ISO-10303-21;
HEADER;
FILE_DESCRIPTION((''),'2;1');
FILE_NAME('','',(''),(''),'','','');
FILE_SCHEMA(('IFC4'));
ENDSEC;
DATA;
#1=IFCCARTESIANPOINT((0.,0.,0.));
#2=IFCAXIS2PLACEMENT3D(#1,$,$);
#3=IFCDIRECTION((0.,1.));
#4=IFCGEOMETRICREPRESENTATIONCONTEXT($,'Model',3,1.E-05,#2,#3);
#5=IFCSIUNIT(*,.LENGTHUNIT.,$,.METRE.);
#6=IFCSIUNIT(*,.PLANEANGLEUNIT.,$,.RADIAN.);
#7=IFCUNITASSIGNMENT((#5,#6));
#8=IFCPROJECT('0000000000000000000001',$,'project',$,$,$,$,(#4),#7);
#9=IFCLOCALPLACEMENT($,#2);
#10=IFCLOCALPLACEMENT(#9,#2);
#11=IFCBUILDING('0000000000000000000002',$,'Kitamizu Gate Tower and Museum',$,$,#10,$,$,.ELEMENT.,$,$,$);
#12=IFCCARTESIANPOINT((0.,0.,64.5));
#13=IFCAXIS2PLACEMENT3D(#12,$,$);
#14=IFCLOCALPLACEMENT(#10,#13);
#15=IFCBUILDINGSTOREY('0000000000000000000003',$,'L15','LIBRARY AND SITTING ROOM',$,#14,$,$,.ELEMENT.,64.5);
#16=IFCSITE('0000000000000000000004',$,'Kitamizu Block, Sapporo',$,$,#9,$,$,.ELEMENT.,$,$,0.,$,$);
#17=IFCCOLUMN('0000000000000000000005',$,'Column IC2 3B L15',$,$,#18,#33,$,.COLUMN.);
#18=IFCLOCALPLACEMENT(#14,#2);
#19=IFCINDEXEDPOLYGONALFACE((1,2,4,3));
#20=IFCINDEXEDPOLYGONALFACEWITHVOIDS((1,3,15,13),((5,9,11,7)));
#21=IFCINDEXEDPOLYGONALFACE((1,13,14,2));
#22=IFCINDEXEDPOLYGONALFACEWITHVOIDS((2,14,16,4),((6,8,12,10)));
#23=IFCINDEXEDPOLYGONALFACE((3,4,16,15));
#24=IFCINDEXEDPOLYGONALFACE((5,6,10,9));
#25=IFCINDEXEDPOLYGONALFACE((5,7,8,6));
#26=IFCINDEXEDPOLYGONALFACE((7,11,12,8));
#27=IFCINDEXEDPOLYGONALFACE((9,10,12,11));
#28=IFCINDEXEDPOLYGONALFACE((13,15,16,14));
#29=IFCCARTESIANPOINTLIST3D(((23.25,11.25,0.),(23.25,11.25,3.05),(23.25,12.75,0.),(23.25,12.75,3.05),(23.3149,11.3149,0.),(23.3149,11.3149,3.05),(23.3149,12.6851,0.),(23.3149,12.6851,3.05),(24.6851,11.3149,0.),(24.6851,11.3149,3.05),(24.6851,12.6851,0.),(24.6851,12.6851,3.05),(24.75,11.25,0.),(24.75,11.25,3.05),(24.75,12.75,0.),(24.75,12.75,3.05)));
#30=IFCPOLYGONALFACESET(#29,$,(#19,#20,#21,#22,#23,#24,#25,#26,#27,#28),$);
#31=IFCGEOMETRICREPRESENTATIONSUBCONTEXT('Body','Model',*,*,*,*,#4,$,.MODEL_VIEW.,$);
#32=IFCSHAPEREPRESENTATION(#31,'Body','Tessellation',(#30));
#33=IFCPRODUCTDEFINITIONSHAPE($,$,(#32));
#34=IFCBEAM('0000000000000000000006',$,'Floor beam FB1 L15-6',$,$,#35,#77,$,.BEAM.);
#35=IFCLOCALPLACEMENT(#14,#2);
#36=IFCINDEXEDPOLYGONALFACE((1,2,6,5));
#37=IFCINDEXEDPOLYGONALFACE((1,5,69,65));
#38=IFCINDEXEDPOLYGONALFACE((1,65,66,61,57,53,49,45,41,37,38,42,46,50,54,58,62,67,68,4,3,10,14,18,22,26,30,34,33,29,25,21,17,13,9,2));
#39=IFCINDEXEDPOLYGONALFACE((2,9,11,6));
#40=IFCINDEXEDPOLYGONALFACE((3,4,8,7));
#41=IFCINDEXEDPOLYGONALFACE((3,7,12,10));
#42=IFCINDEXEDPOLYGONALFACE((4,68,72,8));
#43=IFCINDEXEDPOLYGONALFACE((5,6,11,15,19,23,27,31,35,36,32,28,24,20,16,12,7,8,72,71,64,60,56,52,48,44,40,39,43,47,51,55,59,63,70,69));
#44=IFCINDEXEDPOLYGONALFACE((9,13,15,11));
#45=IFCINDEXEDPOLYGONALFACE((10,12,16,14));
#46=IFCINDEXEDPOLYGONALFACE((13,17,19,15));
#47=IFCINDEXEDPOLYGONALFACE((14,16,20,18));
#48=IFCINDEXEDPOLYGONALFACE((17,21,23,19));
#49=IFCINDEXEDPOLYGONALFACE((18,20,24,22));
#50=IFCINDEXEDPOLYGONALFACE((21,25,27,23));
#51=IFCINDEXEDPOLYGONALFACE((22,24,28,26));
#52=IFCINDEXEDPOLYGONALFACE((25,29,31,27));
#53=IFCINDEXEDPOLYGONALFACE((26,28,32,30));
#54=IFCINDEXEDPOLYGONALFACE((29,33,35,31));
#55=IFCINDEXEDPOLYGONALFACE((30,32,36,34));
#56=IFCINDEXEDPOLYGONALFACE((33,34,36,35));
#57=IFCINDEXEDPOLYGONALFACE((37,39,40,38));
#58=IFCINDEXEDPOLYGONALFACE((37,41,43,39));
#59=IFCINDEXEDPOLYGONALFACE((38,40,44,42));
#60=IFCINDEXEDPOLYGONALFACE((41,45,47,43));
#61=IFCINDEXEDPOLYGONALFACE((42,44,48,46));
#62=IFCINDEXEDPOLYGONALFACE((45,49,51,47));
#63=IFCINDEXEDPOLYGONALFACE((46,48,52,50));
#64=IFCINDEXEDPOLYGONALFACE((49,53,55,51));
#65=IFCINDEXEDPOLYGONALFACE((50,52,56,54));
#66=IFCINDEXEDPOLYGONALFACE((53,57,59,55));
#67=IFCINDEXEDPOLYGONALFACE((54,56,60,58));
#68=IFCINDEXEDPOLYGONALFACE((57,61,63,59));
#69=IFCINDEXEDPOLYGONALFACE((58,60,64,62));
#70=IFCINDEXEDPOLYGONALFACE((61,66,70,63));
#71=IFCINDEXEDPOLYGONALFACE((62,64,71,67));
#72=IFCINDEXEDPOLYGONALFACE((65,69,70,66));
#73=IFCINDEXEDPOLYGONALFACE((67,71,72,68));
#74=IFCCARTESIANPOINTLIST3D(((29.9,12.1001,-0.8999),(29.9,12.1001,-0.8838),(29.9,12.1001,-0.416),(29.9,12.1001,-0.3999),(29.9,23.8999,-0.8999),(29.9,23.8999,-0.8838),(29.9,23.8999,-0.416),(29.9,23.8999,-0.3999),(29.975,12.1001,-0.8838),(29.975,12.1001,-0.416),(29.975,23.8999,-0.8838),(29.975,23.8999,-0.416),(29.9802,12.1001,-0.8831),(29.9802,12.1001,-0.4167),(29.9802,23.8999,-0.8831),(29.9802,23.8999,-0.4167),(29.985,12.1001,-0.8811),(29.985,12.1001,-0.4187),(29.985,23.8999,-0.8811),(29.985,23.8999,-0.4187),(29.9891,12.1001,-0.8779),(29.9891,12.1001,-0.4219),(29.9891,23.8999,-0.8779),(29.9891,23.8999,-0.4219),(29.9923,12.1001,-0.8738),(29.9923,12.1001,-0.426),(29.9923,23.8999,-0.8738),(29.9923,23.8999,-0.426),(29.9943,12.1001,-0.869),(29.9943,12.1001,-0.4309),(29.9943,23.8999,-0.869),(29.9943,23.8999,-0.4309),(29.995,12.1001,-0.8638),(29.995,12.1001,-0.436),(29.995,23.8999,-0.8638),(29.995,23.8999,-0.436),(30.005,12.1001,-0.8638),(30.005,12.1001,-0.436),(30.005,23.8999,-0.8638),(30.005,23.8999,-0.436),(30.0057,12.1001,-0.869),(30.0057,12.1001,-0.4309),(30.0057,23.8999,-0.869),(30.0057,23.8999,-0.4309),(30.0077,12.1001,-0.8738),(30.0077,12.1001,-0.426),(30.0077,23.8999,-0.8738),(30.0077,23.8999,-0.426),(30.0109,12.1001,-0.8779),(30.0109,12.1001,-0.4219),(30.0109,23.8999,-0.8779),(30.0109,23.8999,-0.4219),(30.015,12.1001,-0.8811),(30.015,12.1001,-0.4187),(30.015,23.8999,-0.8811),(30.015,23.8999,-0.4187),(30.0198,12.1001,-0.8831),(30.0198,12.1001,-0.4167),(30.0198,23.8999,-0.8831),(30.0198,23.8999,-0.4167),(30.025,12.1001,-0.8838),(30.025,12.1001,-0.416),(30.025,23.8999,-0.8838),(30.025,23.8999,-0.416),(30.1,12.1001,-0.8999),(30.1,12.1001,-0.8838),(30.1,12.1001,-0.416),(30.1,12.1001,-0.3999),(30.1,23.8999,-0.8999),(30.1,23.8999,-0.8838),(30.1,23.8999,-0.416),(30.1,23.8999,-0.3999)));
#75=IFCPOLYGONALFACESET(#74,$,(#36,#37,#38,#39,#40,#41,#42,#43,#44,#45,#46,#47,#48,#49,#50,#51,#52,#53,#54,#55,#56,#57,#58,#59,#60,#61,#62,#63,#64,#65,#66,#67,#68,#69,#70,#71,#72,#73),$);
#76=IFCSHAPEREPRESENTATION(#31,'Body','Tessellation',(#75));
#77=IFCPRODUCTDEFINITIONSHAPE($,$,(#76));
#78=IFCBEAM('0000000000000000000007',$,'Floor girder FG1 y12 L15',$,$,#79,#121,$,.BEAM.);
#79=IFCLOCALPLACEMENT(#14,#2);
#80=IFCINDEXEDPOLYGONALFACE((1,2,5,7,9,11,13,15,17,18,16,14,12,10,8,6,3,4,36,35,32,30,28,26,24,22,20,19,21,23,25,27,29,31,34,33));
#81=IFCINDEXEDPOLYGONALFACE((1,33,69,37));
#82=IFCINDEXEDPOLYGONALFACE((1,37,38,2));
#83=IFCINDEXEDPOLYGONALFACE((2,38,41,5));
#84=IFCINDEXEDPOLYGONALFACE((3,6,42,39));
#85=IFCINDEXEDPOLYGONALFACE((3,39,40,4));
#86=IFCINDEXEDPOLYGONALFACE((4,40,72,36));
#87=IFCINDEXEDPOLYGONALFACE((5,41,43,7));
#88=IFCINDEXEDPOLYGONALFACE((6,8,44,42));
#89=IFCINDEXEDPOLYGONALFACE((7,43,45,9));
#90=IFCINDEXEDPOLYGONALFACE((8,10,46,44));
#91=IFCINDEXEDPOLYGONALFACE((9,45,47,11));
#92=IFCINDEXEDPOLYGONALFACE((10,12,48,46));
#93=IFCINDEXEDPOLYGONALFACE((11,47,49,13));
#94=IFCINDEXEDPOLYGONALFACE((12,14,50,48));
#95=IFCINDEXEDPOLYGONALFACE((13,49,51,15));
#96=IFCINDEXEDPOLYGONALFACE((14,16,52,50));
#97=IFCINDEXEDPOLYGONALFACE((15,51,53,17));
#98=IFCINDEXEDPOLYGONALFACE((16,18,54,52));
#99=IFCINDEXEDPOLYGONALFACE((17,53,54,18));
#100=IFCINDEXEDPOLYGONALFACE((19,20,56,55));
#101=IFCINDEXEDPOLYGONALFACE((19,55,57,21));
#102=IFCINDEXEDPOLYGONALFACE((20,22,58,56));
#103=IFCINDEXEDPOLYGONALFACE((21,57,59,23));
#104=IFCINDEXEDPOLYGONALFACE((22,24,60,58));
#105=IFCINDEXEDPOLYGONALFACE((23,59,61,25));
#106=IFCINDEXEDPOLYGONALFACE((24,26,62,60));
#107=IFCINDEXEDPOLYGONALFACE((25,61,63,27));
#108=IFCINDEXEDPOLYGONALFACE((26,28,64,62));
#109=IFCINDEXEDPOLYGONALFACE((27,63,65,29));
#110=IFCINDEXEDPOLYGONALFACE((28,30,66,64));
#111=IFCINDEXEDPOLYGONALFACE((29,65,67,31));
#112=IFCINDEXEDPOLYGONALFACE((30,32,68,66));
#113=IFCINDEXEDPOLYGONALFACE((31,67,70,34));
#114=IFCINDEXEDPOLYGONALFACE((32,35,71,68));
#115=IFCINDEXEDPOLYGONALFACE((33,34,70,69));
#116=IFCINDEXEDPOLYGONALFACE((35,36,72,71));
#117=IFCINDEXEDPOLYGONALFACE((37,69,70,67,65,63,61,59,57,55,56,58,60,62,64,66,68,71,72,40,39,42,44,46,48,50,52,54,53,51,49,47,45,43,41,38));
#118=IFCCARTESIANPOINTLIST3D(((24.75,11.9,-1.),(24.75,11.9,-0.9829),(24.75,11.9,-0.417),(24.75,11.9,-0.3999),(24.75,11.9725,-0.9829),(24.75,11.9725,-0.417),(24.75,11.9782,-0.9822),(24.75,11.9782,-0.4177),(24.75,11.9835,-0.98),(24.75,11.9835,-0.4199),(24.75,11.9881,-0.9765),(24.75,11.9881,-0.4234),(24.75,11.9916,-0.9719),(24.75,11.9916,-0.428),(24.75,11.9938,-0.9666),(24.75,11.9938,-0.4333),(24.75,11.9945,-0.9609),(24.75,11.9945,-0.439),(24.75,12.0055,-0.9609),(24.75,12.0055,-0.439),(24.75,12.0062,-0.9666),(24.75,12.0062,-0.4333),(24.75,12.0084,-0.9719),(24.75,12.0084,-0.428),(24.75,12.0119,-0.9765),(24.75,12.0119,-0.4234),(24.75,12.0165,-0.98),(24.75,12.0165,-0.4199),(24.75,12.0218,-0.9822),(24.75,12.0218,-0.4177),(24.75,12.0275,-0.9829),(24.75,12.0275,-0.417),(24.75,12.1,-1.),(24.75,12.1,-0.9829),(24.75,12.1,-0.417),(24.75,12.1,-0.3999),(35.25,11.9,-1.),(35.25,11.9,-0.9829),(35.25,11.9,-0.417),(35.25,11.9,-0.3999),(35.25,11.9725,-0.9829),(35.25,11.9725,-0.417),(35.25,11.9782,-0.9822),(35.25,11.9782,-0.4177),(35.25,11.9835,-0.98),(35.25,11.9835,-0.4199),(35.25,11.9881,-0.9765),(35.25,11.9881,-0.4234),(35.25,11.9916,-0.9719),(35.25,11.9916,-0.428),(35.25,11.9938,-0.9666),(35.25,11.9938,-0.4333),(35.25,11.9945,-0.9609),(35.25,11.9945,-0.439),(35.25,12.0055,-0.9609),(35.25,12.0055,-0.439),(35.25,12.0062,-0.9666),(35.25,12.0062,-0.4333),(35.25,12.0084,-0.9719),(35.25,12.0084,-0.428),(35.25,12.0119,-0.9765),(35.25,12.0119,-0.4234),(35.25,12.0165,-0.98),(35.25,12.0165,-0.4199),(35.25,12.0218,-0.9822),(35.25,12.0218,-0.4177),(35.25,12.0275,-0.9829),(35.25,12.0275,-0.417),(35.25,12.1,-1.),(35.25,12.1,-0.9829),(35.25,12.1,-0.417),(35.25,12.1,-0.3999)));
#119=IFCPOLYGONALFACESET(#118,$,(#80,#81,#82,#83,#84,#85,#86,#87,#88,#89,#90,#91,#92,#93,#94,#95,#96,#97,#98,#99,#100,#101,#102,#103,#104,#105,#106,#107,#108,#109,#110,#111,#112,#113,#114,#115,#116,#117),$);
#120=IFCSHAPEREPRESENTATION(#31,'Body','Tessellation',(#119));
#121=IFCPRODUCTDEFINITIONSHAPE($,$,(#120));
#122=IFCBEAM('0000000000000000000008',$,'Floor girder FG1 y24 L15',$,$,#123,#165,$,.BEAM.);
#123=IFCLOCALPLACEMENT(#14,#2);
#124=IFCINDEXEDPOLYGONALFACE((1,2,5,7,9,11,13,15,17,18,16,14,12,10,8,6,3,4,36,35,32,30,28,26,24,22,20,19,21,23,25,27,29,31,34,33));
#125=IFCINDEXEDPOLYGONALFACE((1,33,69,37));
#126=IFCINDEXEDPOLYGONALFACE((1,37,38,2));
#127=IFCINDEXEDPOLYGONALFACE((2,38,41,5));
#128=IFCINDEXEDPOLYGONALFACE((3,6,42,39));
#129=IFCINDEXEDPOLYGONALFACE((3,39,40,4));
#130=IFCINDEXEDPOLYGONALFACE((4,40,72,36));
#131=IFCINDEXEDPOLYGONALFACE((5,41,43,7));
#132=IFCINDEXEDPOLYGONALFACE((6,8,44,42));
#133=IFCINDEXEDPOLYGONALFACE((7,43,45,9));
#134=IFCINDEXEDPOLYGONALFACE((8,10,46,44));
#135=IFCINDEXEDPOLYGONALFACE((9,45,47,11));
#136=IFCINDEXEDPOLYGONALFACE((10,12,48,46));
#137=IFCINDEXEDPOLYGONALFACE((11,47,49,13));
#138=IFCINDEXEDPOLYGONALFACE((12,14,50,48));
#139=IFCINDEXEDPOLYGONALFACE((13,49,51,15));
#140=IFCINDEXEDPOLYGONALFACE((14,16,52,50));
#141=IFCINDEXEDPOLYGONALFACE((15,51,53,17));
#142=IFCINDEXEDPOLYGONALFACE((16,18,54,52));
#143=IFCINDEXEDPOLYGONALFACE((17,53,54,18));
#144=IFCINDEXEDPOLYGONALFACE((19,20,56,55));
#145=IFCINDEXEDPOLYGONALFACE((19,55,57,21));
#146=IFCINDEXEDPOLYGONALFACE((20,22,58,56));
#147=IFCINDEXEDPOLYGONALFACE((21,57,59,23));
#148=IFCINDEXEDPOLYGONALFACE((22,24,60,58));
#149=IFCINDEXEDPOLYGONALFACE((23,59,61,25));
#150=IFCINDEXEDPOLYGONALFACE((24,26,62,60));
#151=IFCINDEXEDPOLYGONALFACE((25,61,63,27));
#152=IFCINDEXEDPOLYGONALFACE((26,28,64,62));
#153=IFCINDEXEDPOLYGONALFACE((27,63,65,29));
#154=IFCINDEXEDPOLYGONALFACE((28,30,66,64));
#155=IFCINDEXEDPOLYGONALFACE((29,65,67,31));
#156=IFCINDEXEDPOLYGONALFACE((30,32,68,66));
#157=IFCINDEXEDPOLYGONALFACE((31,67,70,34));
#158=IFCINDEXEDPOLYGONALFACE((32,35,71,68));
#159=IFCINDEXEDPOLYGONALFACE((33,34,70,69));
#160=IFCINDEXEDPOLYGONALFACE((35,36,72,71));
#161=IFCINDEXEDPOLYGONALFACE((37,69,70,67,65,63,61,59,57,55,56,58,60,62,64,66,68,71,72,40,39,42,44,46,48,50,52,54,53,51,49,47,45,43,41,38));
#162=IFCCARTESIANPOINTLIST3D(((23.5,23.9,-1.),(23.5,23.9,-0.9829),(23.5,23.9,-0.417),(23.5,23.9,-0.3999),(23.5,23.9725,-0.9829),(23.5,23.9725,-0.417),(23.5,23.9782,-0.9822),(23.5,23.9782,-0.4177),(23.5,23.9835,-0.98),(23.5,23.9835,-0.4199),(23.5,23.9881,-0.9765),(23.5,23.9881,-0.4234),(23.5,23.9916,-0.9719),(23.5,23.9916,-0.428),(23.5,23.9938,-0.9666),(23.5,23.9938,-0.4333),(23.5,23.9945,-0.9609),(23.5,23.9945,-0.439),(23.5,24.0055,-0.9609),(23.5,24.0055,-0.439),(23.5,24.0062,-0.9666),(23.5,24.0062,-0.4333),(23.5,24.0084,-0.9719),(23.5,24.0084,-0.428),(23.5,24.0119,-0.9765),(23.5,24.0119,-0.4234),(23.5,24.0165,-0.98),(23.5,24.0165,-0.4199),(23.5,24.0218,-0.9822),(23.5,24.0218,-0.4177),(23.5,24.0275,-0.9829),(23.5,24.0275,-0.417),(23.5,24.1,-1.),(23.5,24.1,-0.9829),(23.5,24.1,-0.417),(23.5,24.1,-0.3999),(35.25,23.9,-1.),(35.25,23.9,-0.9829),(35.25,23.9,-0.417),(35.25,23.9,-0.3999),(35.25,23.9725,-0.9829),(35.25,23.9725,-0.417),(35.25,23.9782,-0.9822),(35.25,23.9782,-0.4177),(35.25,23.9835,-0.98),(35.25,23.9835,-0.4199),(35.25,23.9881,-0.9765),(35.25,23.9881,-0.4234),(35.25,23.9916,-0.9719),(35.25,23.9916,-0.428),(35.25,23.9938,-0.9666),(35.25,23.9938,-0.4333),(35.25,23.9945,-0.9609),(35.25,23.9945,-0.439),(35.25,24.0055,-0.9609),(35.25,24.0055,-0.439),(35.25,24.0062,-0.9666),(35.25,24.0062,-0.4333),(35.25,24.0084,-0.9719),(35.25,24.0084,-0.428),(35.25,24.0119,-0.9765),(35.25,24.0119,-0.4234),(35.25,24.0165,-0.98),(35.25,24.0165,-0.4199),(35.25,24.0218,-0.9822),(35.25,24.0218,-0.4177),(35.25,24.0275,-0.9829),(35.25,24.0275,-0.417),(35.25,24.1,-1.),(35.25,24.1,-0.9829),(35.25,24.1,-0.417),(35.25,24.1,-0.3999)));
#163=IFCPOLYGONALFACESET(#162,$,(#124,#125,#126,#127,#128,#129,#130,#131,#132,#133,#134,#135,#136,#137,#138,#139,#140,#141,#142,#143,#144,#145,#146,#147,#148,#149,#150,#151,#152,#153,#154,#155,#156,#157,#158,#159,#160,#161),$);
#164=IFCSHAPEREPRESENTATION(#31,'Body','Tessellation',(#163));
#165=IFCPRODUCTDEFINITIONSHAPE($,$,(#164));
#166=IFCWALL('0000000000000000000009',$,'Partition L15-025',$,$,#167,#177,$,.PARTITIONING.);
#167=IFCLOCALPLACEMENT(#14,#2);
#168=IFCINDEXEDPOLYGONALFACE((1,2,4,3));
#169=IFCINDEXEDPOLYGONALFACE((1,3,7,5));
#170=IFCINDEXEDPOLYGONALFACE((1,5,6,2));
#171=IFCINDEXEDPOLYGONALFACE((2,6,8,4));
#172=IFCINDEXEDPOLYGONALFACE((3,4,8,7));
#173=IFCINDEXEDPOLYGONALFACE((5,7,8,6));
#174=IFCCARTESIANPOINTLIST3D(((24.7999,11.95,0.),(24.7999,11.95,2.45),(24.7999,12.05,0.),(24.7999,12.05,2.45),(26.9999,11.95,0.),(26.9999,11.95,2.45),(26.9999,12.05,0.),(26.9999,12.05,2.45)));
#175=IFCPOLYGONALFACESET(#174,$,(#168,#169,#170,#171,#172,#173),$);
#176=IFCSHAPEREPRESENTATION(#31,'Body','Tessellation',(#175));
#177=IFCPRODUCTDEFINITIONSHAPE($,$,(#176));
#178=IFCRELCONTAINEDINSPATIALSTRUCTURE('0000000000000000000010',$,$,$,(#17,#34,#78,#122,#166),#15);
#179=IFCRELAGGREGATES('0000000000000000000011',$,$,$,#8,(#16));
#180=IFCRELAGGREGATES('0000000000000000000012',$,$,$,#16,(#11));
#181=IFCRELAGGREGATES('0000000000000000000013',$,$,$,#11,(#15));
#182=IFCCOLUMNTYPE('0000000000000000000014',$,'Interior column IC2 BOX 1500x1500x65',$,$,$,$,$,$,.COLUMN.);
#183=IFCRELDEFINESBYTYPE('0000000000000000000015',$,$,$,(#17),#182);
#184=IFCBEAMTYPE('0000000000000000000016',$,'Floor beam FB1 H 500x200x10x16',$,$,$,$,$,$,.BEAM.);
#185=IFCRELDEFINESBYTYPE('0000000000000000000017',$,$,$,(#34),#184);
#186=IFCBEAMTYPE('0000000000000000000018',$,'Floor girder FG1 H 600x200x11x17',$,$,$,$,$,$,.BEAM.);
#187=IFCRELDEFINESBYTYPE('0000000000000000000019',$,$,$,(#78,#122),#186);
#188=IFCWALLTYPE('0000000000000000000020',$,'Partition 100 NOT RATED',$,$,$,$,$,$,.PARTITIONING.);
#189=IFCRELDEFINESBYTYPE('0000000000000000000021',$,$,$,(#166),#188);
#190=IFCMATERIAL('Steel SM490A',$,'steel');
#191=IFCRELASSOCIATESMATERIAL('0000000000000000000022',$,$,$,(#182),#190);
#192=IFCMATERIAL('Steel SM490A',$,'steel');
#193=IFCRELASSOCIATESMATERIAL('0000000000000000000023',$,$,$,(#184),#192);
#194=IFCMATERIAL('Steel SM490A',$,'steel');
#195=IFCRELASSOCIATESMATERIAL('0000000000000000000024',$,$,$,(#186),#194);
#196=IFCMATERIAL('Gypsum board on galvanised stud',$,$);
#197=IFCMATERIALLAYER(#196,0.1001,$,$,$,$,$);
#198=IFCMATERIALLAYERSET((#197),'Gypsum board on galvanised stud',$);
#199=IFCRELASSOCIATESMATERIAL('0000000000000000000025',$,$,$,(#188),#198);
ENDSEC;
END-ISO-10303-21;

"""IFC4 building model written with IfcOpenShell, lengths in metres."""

from ifc_helpers import new_model, si_unit, direction, frame, frame_2d, origin, origin_2d, place, context, subcontext, project, spatial, rectangle, hollow_rectangle, i_section, extrude, material, layer, layer_set, material_profile, profile_set, type_object, element, save


model = new_model("IFC4")

# Units and contexts
model_context = context("Model", 3, precision=1e-05, world=origin(), true_north=direction((0.0, 1.0)))
body_context = subcontext(model_context, "Body", "Model", "MODEL_VIEW")
ifc_project = project(units=[si_unit("LENGTHUNIT", "METRE"), si_unit("PLANEANGLEUNIT", "RADIAN")], contexts=[model_context])

# Site, building, storey
site_placement = place(None, origin())
site = spatial("IfcSite", under=ifc_project, at=site_placement, Name="Kitamizu Block, Sapporo", CompositionType="ELEMENT", RefElevation=0.0)
building_placement = place(site_placement, origin())
building = spatial("IfcBuilding", under=site, at=building_placement, Name="Kitamizu Gate Tower and Museum", CompositionType="ELEMENT")
storey_placement = place(building_placement, frame((0.0, 0.0, 64.5)))
storey = spatial("IfcBuildingStorey", under=building, at=storey_placement, Name="L15", Description="LIBRARY AND SITTING ROOM", CompositionType="ELEMENT", Elevation=64.5)

# Column
ifc_material_1 = material(Name="Steel SM490A", Category="steel")
ifc_material_profile_1 = material_profile(ifc_material_1, hollow_rectangle(XDim=1.5, YDim=1.5, WallThickness=0.0649, at=origin_2d()), Name="BOX 1500x1500x65")
ifc_profile_set_1 = profile_set([ifc_material_profile_1], Name="Steel SM490A")
column_type = type_object("IfcColumnType", Name="Interior column IC2 BOX 1500x1500x65", PredefinedType="COLUMN", material=ifc_profile_set_1)
column_placement = place(storey_placement, frame((24.0, 12.0, 0.0), z_axis=(0.0, 0.0, 1.0), x_axis=(1.0, 0.0, 0.0)))
element("IfcColumn", 1, at=column_placement, inside=storey, type_object=column_type, Name="Column IC2 3B L15", PredefinedType="COLUMN", context=body_context, shape_type="SweptSolid", body=[
    extrude(hollow_rectangle(XDim=1.5, YDim=1.5, WallThickness=0.0649, at=origin_2d()), origin(), (0.0, 0.0, 1.0), 3.05),
])

# Beams
ifc_material_2 = material(Name="Steel SM490A", Category="steel")
ifc_material_profile_2 = material_profile(ifc_material_2, i_section(OverallWidth=0.2, OverallDepth=0.5, WebThickness=0.01, FlangeThickness=0.0161, FilletRadius=0.02, at=origin_2d()), Name="H-500x200x10x16")
ifc_profile_set_2 = profile_set([ifc_material_profile_2], Name="Steel SM490A")
beam_type_1 = type_object("IfcBeamType", Name="Floor beam FB1 H 500x200x10x16", PredefinedType="BEAM", material=ifc_profile_set_2)
beam_1_placement = place(storey_placement, frame((30.0, 12.1001, -0.6499), z_axis=(0.0, 1.0, 0.0), x_axis=(-1.0, 0.0, 0.0)))
element("IfcBeam", 2, at=beam_1_placement, inside=storey, type_object=beam_type_1, Name="Floor beam FB1 L15-6", PredefinedType="BEAM", context=body_context, shape_type="SweptSolid", body=[
    extrude(i_section(OverallWidth=0.2, OverallDepth=0.5, WebThickness=0.01, FlangeThickness=0.0161, FilletRadius=0.02, at=origin_2d()), origin(), (0.0, 0.0, 1.0), 11.7998),
])
ifc_material_3 = material(Name="Steel SM490A", Category="steel")
ifc_material_profile_3 = material_profile(ifc_material_3, i_section(OverallWidth=0.2, OverallDepth=0.6001, WebThickness=0.011, FlangeThickness=0.0171, FilletRadius=0.022, at=origin_2d()), Name="H-600x200x11x17")
ifc_profile_set_3 = profile_set([ifc_material_profile_3], Name="Steel SM490A")
beam_type_2 = type_object("IfcBeamType", Name="Floor girder FG1 H 600x200x11x17", PredefinedType="BEAM", material=ifc_profile_set_3)
beam_2_placement = place(storey_placement, frame((24.75, 12.0, -0.7), z_axis=(1.0, 0.0, 0.0), x_axis=(0.0, 1.0, 0.0)))
element("IfcBeam", 3, at=beam_2_placement, inside=storey, type_object=beam_type_2, Name="Floor girder FG1 y12 L15", PredefinedType="BEAM", context=body_context, shape_type="SweptSolid", body=[
    extrude(i_section(OverallWidth=0.2, OverallDepth=0.6001, WebThickness=0.011, FlangeThickness=0.0171, FilletRadius=0.022, at=origin_2d()), origin(), (0.0, 0.0, 1.0), 10.5),
])
beam_3_placement = place(storey_placement, frame((23.5, 24.0, -0.7), z_axis=(1.0, 0.0, 0.0), x_axis=(0.0, 1.0, 0.0)))
element("IfcBeam", 4, at=beam_3_placement, inside=storey, type_object=beam_type_2, Name="Floor girder FG1 y24 L15", PredefinedType="BEAM", context=body_context, shape_type="SweptSolid", body=[
    extrude(i_section(OverallWidth=0.2, OverallDepth=0.6001, WebThickness=0.011, FlangeThickness=0.0171, FilletRadius=0.022, at=origin_2d()), origin(), (0.0, 0.0, 1.0), 11.75),
])

# Wall
ifc_material_4 = material(Name="Gypsum board on galvanised stud")
ifc_layer_1 = layer(ifc_material_4, 0.1001)
ifc_layer_set_1 = layer_set([ifc_layer_1], Name="Gypsum board on galvanised stud")
wall_type_1 = type_object("IfcWallType", Name="Partition 100 NOT RATED", PredefinedType="PARTITIONING", material=ifc_layer_set_1)
wall_1_placement = place(storey_placement, frame((27.0, 12.0, 0.0), z_axis=(0.0, 0.0, 1.0), x_axis=(-1.0, 0.0, 0.0)))
element("IfcWall", 5, at=wall_1_placement, inside=storey, type_object=wall_type_1, Name="Partition L15-025", PredefinedType="PARTITIONING", context=body_context, shape_type="SweptSolid", body=[
    extrude(rectangle(XDim=2.2, YDim=0.1001, at=frame_2d((1.1001, 0.0))), origin(), (0.0, 0.0, 1.0), 2.45),
])

save(model, "model.ifc")
